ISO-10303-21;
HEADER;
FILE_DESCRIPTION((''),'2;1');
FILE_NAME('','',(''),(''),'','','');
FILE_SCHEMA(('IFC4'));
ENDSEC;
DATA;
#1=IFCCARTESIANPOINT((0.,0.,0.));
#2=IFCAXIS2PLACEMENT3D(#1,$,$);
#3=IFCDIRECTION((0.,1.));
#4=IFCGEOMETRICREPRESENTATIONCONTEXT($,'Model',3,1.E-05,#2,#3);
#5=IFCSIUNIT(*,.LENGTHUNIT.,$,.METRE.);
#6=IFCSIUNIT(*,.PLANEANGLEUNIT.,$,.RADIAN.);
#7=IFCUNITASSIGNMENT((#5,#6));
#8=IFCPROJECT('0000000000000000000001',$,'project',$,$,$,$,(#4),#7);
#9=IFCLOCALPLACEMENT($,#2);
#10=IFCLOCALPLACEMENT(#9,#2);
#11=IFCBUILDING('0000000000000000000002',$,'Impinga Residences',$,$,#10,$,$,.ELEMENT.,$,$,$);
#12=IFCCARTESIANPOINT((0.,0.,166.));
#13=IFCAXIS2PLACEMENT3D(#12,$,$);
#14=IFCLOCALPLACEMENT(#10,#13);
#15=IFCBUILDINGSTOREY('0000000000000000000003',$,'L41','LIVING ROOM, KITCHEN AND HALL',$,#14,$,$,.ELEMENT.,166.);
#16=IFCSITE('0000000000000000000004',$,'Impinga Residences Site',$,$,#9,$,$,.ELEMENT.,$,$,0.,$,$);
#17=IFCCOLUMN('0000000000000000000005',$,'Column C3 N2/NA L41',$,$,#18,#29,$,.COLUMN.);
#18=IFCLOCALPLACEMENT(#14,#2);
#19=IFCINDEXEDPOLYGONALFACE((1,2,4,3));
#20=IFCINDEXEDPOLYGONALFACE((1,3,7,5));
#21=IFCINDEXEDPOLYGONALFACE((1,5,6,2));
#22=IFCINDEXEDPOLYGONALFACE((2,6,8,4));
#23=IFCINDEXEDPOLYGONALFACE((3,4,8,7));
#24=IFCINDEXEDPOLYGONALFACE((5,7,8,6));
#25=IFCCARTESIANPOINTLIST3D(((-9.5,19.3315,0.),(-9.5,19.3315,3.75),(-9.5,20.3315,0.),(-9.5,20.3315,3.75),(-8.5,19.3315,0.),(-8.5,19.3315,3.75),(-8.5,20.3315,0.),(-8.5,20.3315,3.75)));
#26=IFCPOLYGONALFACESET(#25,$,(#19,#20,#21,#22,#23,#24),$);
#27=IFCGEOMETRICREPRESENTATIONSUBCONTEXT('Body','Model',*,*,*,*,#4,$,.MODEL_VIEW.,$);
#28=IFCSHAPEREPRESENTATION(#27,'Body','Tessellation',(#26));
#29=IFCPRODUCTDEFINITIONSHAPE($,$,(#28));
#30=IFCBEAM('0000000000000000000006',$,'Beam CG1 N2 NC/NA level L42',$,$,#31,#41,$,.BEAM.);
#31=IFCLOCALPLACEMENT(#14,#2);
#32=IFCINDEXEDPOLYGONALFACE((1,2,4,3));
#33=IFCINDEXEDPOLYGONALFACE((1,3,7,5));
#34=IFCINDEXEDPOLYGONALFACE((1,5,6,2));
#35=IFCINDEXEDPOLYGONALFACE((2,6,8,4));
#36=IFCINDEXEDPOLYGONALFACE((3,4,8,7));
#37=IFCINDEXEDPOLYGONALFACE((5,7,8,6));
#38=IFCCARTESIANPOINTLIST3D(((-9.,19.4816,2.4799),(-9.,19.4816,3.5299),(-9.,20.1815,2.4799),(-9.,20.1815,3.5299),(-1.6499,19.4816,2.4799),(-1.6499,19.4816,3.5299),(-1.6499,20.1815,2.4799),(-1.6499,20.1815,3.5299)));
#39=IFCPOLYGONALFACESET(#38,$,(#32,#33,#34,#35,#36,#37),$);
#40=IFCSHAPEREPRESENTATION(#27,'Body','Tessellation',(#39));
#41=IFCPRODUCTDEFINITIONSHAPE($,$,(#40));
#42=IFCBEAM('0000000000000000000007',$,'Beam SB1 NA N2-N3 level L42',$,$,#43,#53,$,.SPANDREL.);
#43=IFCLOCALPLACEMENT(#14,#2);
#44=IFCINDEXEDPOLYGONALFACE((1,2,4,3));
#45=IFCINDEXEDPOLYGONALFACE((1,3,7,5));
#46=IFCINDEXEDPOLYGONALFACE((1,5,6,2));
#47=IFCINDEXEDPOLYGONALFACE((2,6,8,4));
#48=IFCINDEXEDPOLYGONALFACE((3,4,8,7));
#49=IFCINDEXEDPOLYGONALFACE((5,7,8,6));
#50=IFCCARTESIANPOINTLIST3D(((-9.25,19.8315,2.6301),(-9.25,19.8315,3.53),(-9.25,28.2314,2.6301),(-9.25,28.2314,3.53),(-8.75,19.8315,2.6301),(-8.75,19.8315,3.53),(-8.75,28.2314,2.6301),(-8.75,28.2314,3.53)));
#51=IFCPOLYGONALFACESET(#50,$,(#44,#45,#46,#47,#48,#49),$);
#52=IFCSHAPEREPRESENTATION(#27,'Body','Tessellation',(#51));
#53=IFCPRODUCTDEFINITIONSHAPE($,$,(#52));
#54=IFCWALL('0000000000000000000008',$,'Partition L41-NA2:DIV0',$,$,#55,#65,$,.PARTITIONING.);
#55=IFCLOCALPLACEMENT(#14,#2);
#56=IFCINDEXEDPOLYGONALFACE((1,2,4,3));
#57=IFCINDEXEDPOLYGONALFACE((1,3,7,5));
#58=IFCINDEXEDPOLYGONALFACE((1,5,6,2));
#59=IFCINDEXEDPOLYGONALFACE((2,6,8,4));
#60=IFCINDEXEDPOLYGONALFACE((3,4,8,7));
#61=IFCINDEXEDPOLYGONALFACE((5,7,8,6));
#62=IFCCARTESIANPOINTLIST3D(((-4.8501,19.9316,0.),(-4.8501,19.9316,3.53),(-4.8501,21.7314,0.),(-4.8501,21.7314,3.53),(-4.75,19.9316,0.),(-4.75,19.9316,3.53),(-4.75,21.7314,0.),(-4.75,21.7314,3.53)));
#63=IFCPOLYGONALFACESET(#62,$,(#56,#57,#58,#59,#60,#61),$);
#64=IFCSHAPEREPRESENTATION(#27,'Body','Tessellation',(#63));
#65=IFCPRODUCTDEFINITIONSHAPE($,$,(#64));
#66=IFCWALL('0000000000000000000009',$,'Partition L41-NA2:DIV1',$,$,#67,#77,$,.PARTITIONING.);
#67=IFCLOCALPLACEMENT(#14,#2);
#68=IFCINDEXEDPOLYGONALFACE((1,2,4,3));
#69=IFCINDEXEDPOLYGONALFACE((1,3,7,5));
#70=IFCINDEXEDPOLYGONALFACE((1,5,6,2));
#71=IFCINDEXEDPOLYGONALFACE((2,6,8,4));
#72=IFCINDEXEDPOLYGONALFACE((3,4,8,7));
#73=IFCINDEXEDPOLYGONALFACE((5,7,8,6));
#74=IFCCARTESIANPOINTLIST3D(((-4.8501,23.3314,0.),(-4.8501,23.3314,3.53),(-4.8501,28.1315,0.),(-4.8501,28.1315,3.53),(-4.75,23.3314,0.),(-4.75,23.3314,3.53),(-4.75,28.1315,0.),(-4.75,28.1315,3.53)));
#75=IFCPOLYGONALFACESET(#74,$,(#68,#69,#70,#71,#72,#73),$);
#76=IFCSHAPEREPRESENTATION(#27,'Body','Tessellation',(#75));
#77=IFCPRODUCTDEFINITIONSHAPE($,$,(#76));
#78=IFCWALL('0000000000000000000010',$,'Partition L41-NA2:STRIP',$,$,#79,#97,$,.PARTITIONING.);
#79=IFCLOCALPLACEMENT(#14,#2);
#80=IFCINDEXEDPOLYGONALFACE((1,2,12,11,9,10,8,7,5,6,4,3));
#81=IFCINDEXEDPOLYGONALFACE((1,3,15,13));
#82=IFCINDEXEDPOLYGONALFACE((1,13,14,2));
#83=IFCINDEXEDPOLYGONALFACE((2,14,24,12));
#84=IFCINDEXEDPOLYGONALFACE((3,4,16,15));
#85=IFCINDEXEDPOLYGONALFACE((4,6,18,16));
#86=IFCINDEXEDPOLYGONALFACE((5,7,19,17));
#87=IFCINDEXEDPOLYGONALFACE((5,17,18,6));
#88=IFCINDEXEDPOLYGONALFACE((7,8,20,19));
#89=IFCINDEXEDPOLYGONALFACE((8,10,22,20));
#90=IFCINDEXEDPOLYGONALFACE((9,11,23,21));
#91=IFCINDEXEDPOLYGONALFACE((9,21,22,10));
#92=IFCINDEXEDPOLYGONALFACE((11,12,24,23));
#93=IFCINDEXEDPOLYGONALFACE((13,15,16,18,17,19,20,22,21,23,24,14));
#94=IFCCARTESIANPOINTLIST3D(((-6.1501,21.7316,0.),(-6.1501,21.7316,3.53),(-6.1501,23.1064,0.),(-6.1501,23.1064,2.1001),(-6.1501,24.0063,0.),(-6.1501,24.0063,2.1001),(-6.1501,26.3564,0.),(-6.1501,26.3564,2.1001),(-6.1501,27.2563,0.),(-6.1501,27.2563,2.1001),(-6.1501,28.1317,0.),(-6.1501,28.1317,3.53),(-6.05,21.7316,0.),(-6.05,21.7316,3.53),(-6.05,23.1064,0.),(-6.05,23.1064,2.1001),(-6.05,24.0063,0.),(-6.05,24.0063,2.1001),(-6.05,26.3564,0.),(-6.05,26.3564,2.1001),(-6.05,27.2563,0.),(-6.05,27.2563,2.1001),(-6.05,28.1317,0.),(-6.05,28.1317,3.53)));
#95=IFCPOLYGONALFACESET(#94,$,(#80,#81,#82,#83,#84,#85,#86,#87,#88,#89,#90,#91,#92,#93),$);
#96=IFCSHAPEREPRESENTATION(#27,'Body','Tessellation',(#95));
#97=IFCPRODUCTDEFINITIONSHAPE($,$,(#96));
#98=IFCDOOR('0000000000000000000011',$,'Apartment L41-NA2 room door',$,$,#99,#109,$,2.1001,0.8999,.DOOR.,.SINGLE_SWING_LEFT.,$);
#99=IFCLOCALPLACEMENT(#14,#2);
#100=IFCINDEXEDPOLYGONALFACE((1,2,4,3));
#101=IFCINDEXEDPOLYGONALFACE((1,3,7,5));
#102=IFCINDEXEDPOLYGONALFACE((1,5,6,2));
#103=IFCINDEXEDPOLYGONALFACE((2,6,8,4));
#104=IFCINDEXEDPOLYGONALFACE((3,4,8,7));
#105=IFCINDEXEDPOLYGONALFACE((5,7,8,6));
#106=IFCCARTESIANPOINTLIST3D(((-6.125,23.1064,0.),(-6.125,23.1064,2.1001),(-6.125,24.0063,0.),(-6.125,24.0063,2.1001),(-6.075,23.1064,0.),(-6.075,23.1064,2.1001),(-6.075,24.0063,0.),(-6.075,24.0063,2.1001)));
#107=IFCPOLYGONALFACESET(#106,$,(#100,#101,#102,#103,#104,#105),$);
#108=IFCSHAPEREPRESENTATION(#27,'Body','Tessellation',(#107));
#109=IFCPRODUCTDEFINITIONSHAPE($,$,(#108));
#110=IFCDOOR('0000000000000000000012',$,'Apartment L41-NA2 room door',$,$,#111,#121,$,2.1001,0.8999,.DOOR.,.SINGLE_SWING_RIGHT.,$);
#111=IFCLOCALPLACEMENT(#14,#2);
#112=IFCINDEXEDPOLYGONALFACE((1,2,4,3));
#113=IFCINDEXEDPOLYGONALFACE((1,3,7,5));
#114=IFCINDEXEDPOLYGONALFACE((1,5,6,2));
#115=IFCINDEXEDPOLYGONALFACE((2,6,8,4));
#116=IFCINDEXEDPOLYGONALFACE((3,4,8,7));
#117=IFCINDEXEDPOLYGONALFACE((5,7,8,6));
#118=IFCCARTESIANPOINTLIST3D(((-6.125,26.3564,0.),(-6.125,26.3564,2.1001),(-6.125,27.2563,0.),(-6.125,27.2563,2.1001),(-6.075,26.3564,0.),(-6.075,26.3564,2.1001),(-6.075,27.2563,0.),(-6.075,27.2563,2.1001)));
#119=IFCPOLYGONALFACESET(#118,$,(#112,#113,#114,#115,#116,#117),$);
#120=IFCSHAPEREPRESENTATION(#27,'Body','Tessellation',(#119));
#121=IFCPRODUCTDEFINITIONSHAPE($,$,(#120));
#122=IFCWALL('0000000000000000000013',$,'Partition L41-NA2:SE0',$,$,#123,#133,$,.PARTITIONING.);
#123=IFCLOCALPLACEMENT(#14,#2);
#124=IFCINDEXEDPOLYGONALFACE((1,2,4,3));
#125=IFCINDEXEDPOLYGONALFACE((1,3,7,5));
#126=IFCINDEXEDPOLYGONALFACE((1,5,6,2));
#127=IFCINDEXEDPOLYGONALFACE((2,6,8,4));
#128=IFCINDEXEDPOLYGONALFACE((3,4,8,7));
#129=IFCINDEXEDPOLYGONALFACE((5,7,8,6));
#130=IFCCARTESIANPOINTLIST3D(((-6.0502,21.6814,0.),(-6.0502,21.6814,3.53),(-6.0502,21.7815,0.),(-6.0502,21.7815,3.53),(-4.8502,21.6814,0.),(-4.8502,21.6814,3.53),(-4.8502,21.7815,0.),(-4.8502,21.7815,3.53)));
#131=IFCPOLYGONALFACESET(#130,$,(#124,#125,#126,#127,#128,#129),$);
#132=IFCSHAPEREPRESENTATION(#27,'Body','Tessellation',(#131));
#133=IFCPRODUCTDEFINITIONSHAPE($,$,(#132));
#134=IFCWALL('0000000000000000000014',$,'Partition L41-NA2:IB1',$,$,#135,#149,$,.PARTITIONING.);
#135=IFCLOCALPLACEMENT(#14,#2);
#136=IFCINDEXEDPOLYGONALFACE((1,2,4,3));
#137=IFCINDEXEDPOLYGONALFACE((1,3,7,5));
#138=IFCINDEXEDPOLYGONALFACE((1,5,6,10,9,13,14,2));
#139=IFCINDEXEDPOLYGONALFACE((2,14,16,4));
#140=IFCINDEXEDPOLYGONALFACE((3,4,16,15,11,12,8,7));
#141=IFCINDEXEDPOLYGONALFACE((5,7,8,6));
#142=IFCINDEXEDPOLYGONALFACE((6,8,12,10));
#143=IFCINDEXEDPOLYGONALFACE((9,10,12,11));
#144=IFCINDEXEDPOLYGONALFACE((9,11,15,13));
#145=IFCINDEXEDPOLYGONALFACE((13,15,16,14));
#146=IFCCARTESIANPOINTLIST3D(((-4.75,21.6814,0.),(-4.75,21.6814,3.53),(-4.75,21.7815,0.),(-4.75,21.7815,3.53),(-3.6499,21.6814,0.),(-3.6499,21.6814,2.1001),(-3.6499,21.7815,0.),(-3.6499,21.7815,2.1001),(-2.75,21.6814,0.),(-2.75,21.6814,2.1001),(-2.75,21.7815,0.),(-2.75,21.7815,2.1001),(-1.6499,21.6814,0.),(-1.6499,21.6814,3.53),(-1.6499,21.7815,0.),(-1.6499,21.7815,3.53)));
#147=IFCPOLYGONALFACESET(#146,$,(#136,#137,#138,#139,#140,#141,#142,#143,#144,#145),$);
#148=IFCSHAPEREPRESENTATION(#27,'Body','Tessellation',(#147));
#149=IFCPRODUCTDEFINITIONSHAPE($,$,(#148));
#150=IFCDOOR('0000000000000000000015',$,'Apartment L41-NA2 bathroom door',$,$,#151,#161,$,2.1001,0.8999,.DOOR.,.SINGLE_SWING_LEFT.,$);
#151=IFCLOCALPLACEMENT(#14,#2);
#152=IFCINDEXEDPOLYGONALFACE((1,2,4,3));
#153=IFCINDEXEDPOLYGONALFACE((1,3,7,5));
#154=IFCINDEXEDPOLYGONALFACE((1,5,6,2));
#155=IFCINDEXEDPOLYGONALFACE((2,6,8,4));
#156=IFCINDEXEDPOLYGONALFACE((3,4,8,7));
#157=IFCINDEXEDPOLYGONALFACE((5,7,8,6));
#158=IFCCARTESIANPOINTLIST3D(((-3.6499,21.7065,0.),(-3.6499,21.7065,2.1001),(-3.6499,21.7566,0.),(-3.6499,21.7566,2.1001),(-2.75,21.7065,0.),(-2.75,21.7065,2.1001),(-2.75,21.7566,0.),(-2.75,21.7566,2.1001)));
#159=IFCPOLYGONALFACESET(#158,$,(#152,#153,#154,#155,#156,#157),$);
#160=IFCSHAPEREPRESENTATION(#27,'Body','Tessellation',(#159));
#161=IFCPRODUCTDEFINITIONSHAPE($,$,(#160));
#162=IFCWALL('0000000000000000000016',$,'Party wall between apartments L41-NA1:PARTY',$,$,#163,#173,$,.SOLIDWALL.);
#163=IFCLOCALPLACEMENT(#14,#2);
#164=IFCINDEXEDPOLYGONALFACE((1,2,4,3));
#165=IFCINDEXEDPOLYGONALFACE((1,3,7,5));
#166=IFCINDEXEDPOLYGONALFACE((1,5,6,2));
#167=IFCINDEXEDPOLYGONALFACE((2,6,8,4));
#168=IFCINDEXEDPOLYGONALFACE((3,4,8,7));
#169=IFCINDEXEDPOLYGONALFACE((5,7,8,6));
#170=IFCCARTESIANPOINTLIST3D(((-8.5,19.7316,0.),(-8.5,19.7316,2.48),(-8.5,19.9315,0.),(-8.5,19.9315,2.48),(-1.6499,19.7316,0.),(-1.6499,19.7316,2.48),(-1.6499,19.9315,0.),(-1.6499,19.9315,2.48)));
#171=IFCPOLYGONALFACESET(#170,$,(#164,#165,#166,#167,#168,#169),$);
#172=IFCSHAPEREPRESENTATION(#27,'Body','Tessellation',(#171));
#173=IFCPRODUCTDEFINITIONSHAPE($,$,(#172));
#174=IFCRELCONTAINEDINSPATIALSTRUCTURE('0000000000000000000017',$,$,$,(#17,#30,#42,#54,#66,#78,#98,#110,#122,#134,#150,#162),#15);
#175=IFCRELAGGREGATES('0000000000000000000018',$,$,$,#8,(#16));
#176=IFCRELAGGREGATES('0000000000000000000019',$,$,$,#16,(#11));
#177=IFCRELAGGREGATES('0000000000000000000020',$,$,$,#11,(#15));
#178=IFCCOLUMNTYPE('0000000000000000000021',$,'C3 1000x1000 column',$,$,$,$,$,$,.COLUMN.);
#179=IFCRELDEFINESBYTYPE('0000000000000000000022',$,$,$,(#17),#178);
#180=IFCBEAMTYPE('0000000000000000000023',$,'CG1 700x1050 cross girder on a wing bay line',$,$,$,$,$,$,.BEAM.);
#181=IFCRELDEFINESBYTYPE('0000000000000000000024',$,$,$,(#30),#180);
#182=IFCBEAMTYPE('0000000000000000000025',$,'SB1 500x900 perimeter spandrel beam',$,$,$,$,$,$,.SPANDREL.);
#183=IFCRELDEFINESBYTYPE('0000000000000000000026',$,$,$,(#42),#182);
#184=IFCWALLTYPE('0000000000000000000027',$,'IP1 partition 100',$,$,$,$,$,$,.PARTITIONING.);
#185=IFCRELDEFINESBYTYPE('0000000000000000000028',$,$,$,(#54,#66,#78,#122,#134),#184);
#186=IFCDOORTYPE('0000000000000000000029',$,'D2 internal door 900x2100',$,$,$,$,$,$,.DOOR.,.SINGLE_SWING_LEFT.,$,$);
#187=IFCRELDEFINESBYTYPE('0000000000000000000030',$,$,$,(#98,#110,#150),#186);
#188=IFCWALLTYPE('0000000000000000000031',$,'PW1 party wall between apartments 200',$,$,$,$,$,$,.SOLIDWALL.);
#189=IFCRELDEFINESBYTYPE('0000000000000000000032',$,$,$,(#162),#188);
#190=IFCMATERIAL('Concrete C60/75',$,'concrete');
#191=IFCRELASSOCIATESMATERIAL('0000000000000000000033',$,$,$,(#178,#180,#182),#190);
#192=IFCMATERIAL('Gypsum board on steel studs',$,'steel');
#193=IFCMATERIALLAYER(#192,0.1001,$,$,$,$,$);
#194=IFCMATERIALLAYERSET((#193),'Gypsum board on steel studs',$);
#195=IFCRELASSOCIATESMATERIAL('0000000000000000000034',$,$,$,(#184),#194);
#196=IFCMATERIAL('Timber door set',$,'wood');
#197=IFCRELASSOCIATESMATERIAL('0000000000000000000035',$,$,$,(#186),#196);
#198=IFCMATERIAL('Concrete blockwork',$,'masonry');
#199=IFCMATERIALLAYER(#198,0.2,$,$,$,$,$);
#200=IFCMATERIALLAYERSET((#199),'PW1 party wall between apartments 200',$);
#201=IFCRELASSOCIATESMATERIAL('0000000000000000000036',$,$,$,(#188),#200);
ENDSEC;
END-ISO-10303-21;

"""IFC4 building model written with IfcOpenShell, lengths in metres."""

from ifc_helpers import new_model, si_unit, direction, frame, frame_2d, origin, origin_2d, place, context, subcontext, project, spatial, rectangle, extrude, material, layer, layer_set, material_profile, profile_set, type_object, element, fill, save


model = new_model("IFC4")

# Units and contexts
model_context = context("Model", 3, precision=1e-05, world=origin(), true_north=direction((0.0, 1.0)))
body_context = subcontext(model_context, "Body", "Model", "MODEL_VIEW")
ifc_project = project(units=[si_unit("LENGTHUNIT", "METRE"), si_unit("PLANEANGLEUNIT", "RADIAN")], contexts=[model_context])

# Site, building, storey
site_placement = place(None, origin())
site = spatial("IfcSite", under=ifc_project, at=site_placement, Name="Impinga Residences Site", CompositionType="ELEMENT", RefElevation=0.0)
building_placement = place(site_placement, origin())
building = spatial("IfcBuilding", under=site, at=building_placement, Name="Impinga Residences", CompositionType="ELEMENT")
storey_placement = place(building_placement, frame((0.0, 0.0, 166.0)))
storey = spatial("IfcBuildingStorey", under=building, at=storey_placement, Name="L41", Description="LIVING ROOM, KITCHEN AND HALL", CompositionType="ELEMENT", Elevation=166.0)

# Column
ifc_material_1 = material(Name="Concrete C60/75", Category="concrete")
ifc_material_profile_1 = material_profile(ifc_material_1, rectangle(XDim=1.0, YDim=1.0, at=origin_2d()), Name="RC 1000x1000")
ifc_profile_set_1 = profile_set([ifc_material_profile_1], Name="Concrete C60/75")
column_type = type_object("IfcColumnType", Name="C3 1000x1000 column", PredefinedType="COLUMN", material=ifc_profile_set_1)
column_placement = place(storey_placement, frame((-9.0, 19.8315, 0.0), z_axis=(0.0, 0.0, 1.0), x_axis=(1.0, 0.0, 0.0)))
element("IfcColumn", 1, at=column_placement, inside=storey, type_object=column_type, Name="Column C3 N2/NA L41", PredefinedType="COLUMN", context=body_context, shape_type="SweptSolid", body=[
    extrude(rectangle(XDim=1.0, YDim=1.0, at=origin_2d()), origin(), (0.0, 0.0, 1.0), 3.75),
])

# Beams
ifc_material_profile_2 = material_profile(ifc_material_1, rectangle(XDim=0.7, YDim=1.05, at=origin_2d()), Name="RC 700x1050")
ifc_profile_set_2 = profile_set([ifc_material_profile_2], Name="Concrete C60/75")
beam_type_1 = type_object("IfcBeamType", Name="CG1 700x1050 cross girder on a wing bay line", PredefinedType="BEAM", material=ifc_profile_set_2)
beam_1_placement = place(storey_placement, frame((-1.6499, 19.8315, 3.0049), z_axis=(-1.0, 0.0, 0.0), x_axis=(0.0, -1.0, 0.0)))
element("IfcBeam", 2, at=beam_1_placement, inside=storey, type_object=beam_type_1, Name="Beam CG1 N2 NC/NA level L42", PredefinedType="BEAM", context=body_context, shape_type="SweptSolid", body=[
    extrude(rectangle(XDim=0.7, YDim=1.05, at=origin_2d()), origin(), (0.0, 0.0, 1.0), 7.3501),
])
ifc_material_profile_3 = material_profile(ifc_material_1, rectangle(XDim=0.5, YDim=0.8999, at=origin_2d()), Name="RC 500x900")
ifc_profile_set_3 = profile_set([ifc_material_profile_3], Name="Concrete C60/75")
beam_type_2 = type_object("IfcBeamType", Name="SB1 500x900 perimeter spandrel beam", PredefinedType="SPANDREL", material=ifc_profile_set_3)
beam_2_placement = place(storey_placement, frame((-9.0, 19.8315, 3.0801), z_axis=(0.0, 1.0, 0.0), x_axis=(-1.0, 0.0, 0.0)))
element("IfcBeam", 3, at=beam_2_placement, inside=storey, type_object=beam_type_2, Name="Beam SB1 NA N2-N3 level L42", PredefinedType="SPANDREL", context=body_context, shape_type="SweptSolid", body=[
    extrude(rectangle(XDim=0.5, YDim=0.8999, at=origin_2d()), origin(), (0.0, 0.0, 1.0), 8.3999),
])

# Walls
ifc_material_2 = material(Name="Gypsum board on steel studs", Category="steel")
ifc_layer_1 = layer(ifc_material_2, 0.1001)
ifc_layer_set_1 = layer_set([ifc_layer_1], Name="Gypsum board on steel studs")
wall_type_1 = type_object("IfcWallType", Name="IP1 partition 100", PredefinedType="PARTITIONING", material=ifc_layer_set_1)
wall_1_placement = place(storey_placement, frame((-4.8, 19.9316, 0.0), z_axis=(0.0, 0.0, 1.0), x_axis=(0.0, 1.0, 0.0)))
element("IfcWall", 4, at=wall_1_placement, inside=storey, type_object=wall_type_1, Name="Partition L41-NA2:DIV0", PredefinedType="PARTITIONING", context=body_context, shape_type="SweptSolid", body=[
    extrude(rectangle(XDim=1.7998, YDim=0.1001, at=frame_2d((0.8999, 0.0))), origin(), (0.0, 0.0, 1.0), 3.53),
])
wall_2_placement = place(storey_placement, frame((-4.8, 23.3315, 0.0), z_axis=(0.0, 0.0, 1.0), x_axis=(0.0, 1.0, 0.0)))
element("IfcWall", 5, at=wall_2_placement, inside=storey, type_object=wall_type_1, Name="Partition L41-NA2:DIV1", PredefinedType="PARTITIONING", context=body_context, shape_type="SweptSolid", body=[
    extrude(rectangle(XDim=4.8, YDim=0.1001, at=frame_2d((2.3999, 0.0))), origin(), (0.0, 0.0, 1.0), 3.53),
])

# Wall, openings, doors
wall_3_placement = place(storey_placement, frame((-6.1001, 21.7314, 0.0), z_axis=(0.0, 0.0, 1.0), x_axis=(0.0, 1.0, 0.0)))
wall_3 = element("IfcWall", 6, at=wall_3_placement, inside=storey, type_object=wall_type_1, Name="Partition L41-NA2:STRIP", PredefinedType="PARTITIONING", context=body_context, shape_type="SweptSolid", body=[
    extrude(rectangle(XDim=6.4001, YDim=0.1001, at=frame_2d((3.2002, 0.0))), origin(), (0.0, 0.0, 1.0), 3.53),
])
opening_1_placement = place(wall_3_placement, frame((1.375, 0.0, 0.0)))
opening_1 = element("IfcOpeningElement", 7, at=opening_1_placement, cuts=wall_3, PredefinedType="OPENING", context=body_context, shape_type="SweptSolid", body=[
    extrude(rectangle(XDim=0.8999, YDim=2.1001, at=frame_2d((0.45, 1.05))), frame((0.0, 0.0601, 0.0), z_axis=(0.0, -1.0, 0.0), x_axis=(1.0, 0.0, 0.0)), (0.0, 0.0, 1.0), 0.1201),
])
opening_2_placement = place(wall_3_placement, frame((4.625, 0.0, 0.0)))
opening_2 = element("IfcOpeningElement", 8, at=opening_2_placement, cuts=wall_3, PredefinedType="OPENING", context=body_context, shape_type="SweptSolid", body=[
    extrude(rectangle(XDim=0.8999, YDim=2.1001, at=frame_2d((0.45, 1.05))), frame((0.0, 0.0601, 0.0), z_axis=(0.0, -1.0, 0.0), x_axis=(1.0, 0.0, 0.0)), (0.0, 0.0, 1.0), 0.1201),
])
ifc_material_3 = material(Name="Timber door set", Category="wood")
door_type = type_object("IfcDoorType", Name="D2 internal door 900x2100", OperationType="SINGLE_SWING_LEFT", PredefinedType="DOOR", material=ifc_material_3)
door_1_placement = place(opening_1_placement, origin())
door_1 = element("IfcDoor", 9, at=door_1_placement, inside=storey, type_object=door_type, Name="Apartment L41-NA2 room door", OperationType="SINGLE_SWING_LEFT", OverallHeight=2.1001, OverallWidth=0.8999, PredefinedType="DOOR", context=body_context, shape_type="SweptSolid", body=[
    extrude(rectangle(XDim=0.8999, YDim=2.1001, at=frame_2d((0.45, 1.05))), frame((0.0, 0.0249, 0.0), z_axis=(0.0, -1.0, 0.0), x_axis=(1.0, 0.0, 0.0)), (0.0, 0.0, 1.0), 0.05),
])
fill(opening_1, door_1)
door_2_placement = place(opening_2_placement, origin())
door_2 = element("IfcDoor", 10, at=door_2_placement, inside=storey, type_object=door_type, Name="Apartment L41-NA2 room door", OperationType="SINGLE_SWING_RIGHT", OverallHeight=2.1001, OverallWidth=0.8999, PredefinedType="DOOR", context=body_context, shape_type="SweptSolid", body=[
    extrude(rectangle(XDim=0.8999, YDim=2.1001, at=frame_2d((0.45, 1.05))), frame((0.0, 0.0249, 0.0), z_axis=(0.0, -1.0, 0.0), x_axis=(1.0, 0.0, 0.0)), (0.0, 0.0, 1.0), 0.05),
])
fill(opening_2, door_2)

# Wall
wall_4_placement = place(storey_placement, frame((-4.8501, 21.7314, 0.0), z_axis=(0.0, 0.0, 1.0), x_axis=(-1.0, 0.0, 0.0)))
element("IfcWall", 11, at=wall_4_placement, inside=storey, type_object=wall_type_1, Name="Partition L41-NA2:SE0", PredefinedType="PARTITIONING", context=body_context, shape_type="SweptSolid", body=[
    extrude(rectangle(XDim=1.2, YDim=0.1001, at=frame_2d((0.6001, 0.0))), origin(), (0.0, 0.0, 1.0), 3.53),
])

# Wall, opening, door
wall_5_placement = place(storey_placement, frame((-1.6499, 21.7314, 0.0), z_axis=(0.0, 0.0, 1.0), x_axis=(-1.0, 0.0, 0.0)))
wall_5 = element("IfcWall", 12, at=wall_5_placement, inside=storey, type_object=wall_type_1, Name="Partition L41-NA2:IB1", PredefinedType="PARTITIONING", context=body_context, shape_type="SweptSolid", body=[
    extrude(rectangle(XDim=3.1001, YDim=0.1001, at=frame_2d((1.55, 0.0))), origin(), (0.0, 0.0, 1.0), 3.53),
])
opening_3_placement = place(wall_5_placement, frame((1.1001, 0.0, 0.0)))
opening_3 = element("IfcOpeningElement", 13, at=opening_3_placement, cuts=wall_5, PredefinedType="OPENING", context=body_context, shape_type="SweptSolid", body=[
    extrude(rectangle(XDim=0.8999, YDim=2.1001, at=frame_2d((0.45, 1.05))), frame((0.0, 0.0601, 0.0), z_axis=(0.0, -1.0, 0.0), x_axis=(1.0, 0.0, 0.0)), (0.0, 0.0, 1.0), 0.1201),
])
door_3_placement = place(opening_3_placement, origin())
door_3 = element("IfcDoor", 14, at=door_3_placement, inside=storey, type_object=door_type, Name="Apartment L41-NA2 bathroom door", OperationType="SINGLE_SWING_LEFT", OverallHeight=2.1001, OverallWidth=0.8999, PredefinedType="DOOR", context=body_context, shape_type="SweptSolid", body=[
    extrude(rectangle(XDim=0.8999, YDim=2.1001, at=frame_2d((0.45, 1.05))), frame((0.0, 0.0249, 0.0), z_axis=(0.0, -1.0, 0.0), x_axis=(1.0, 0.0, 0.0)), (0.0, 0.0, 1.0), 0.05),
])
fill(opening_3, door_3)

# Wall
ifc_material_4 = material(Name="Concrete blockwork", Category="masonry")
ifc_layer_2 = layer(ifc_material_4, 0.2)
ifc_layer_set_2 = layer_set([ifc_layer_2], Name="PW1 party wall between apartments 200")
wall_type_2 = type_object("IfcWallType", Name="PW1 party wall between apartments 200", PredefinedType="SOLIDWALL", material=ifc_layer_set_2)
wall_6_placement = place(storey_placement, frame((-1.6499, 19.8315, 0.0), z_axis=(0.0, 0.0, 1.0), x_axis=(-1.0, 0.0, 0.0)))
element("IfcWall", 15, at=wall_6_placement, inside=storey, type_object=wall_type_2, Name="Party wall between apartments L41-NA1:PARTY", PredefinedType="SOLIDWALL", context=body_context, shape_type="SweptSolid", body=[
    extrude(rectangle(XDim=6.8501, YDim=0.2, at=frame_2d((3.425, 0.0))), origin(), (0.0, 0.0, 1.0), 2.48),
])

save(model, "model.ifc")
